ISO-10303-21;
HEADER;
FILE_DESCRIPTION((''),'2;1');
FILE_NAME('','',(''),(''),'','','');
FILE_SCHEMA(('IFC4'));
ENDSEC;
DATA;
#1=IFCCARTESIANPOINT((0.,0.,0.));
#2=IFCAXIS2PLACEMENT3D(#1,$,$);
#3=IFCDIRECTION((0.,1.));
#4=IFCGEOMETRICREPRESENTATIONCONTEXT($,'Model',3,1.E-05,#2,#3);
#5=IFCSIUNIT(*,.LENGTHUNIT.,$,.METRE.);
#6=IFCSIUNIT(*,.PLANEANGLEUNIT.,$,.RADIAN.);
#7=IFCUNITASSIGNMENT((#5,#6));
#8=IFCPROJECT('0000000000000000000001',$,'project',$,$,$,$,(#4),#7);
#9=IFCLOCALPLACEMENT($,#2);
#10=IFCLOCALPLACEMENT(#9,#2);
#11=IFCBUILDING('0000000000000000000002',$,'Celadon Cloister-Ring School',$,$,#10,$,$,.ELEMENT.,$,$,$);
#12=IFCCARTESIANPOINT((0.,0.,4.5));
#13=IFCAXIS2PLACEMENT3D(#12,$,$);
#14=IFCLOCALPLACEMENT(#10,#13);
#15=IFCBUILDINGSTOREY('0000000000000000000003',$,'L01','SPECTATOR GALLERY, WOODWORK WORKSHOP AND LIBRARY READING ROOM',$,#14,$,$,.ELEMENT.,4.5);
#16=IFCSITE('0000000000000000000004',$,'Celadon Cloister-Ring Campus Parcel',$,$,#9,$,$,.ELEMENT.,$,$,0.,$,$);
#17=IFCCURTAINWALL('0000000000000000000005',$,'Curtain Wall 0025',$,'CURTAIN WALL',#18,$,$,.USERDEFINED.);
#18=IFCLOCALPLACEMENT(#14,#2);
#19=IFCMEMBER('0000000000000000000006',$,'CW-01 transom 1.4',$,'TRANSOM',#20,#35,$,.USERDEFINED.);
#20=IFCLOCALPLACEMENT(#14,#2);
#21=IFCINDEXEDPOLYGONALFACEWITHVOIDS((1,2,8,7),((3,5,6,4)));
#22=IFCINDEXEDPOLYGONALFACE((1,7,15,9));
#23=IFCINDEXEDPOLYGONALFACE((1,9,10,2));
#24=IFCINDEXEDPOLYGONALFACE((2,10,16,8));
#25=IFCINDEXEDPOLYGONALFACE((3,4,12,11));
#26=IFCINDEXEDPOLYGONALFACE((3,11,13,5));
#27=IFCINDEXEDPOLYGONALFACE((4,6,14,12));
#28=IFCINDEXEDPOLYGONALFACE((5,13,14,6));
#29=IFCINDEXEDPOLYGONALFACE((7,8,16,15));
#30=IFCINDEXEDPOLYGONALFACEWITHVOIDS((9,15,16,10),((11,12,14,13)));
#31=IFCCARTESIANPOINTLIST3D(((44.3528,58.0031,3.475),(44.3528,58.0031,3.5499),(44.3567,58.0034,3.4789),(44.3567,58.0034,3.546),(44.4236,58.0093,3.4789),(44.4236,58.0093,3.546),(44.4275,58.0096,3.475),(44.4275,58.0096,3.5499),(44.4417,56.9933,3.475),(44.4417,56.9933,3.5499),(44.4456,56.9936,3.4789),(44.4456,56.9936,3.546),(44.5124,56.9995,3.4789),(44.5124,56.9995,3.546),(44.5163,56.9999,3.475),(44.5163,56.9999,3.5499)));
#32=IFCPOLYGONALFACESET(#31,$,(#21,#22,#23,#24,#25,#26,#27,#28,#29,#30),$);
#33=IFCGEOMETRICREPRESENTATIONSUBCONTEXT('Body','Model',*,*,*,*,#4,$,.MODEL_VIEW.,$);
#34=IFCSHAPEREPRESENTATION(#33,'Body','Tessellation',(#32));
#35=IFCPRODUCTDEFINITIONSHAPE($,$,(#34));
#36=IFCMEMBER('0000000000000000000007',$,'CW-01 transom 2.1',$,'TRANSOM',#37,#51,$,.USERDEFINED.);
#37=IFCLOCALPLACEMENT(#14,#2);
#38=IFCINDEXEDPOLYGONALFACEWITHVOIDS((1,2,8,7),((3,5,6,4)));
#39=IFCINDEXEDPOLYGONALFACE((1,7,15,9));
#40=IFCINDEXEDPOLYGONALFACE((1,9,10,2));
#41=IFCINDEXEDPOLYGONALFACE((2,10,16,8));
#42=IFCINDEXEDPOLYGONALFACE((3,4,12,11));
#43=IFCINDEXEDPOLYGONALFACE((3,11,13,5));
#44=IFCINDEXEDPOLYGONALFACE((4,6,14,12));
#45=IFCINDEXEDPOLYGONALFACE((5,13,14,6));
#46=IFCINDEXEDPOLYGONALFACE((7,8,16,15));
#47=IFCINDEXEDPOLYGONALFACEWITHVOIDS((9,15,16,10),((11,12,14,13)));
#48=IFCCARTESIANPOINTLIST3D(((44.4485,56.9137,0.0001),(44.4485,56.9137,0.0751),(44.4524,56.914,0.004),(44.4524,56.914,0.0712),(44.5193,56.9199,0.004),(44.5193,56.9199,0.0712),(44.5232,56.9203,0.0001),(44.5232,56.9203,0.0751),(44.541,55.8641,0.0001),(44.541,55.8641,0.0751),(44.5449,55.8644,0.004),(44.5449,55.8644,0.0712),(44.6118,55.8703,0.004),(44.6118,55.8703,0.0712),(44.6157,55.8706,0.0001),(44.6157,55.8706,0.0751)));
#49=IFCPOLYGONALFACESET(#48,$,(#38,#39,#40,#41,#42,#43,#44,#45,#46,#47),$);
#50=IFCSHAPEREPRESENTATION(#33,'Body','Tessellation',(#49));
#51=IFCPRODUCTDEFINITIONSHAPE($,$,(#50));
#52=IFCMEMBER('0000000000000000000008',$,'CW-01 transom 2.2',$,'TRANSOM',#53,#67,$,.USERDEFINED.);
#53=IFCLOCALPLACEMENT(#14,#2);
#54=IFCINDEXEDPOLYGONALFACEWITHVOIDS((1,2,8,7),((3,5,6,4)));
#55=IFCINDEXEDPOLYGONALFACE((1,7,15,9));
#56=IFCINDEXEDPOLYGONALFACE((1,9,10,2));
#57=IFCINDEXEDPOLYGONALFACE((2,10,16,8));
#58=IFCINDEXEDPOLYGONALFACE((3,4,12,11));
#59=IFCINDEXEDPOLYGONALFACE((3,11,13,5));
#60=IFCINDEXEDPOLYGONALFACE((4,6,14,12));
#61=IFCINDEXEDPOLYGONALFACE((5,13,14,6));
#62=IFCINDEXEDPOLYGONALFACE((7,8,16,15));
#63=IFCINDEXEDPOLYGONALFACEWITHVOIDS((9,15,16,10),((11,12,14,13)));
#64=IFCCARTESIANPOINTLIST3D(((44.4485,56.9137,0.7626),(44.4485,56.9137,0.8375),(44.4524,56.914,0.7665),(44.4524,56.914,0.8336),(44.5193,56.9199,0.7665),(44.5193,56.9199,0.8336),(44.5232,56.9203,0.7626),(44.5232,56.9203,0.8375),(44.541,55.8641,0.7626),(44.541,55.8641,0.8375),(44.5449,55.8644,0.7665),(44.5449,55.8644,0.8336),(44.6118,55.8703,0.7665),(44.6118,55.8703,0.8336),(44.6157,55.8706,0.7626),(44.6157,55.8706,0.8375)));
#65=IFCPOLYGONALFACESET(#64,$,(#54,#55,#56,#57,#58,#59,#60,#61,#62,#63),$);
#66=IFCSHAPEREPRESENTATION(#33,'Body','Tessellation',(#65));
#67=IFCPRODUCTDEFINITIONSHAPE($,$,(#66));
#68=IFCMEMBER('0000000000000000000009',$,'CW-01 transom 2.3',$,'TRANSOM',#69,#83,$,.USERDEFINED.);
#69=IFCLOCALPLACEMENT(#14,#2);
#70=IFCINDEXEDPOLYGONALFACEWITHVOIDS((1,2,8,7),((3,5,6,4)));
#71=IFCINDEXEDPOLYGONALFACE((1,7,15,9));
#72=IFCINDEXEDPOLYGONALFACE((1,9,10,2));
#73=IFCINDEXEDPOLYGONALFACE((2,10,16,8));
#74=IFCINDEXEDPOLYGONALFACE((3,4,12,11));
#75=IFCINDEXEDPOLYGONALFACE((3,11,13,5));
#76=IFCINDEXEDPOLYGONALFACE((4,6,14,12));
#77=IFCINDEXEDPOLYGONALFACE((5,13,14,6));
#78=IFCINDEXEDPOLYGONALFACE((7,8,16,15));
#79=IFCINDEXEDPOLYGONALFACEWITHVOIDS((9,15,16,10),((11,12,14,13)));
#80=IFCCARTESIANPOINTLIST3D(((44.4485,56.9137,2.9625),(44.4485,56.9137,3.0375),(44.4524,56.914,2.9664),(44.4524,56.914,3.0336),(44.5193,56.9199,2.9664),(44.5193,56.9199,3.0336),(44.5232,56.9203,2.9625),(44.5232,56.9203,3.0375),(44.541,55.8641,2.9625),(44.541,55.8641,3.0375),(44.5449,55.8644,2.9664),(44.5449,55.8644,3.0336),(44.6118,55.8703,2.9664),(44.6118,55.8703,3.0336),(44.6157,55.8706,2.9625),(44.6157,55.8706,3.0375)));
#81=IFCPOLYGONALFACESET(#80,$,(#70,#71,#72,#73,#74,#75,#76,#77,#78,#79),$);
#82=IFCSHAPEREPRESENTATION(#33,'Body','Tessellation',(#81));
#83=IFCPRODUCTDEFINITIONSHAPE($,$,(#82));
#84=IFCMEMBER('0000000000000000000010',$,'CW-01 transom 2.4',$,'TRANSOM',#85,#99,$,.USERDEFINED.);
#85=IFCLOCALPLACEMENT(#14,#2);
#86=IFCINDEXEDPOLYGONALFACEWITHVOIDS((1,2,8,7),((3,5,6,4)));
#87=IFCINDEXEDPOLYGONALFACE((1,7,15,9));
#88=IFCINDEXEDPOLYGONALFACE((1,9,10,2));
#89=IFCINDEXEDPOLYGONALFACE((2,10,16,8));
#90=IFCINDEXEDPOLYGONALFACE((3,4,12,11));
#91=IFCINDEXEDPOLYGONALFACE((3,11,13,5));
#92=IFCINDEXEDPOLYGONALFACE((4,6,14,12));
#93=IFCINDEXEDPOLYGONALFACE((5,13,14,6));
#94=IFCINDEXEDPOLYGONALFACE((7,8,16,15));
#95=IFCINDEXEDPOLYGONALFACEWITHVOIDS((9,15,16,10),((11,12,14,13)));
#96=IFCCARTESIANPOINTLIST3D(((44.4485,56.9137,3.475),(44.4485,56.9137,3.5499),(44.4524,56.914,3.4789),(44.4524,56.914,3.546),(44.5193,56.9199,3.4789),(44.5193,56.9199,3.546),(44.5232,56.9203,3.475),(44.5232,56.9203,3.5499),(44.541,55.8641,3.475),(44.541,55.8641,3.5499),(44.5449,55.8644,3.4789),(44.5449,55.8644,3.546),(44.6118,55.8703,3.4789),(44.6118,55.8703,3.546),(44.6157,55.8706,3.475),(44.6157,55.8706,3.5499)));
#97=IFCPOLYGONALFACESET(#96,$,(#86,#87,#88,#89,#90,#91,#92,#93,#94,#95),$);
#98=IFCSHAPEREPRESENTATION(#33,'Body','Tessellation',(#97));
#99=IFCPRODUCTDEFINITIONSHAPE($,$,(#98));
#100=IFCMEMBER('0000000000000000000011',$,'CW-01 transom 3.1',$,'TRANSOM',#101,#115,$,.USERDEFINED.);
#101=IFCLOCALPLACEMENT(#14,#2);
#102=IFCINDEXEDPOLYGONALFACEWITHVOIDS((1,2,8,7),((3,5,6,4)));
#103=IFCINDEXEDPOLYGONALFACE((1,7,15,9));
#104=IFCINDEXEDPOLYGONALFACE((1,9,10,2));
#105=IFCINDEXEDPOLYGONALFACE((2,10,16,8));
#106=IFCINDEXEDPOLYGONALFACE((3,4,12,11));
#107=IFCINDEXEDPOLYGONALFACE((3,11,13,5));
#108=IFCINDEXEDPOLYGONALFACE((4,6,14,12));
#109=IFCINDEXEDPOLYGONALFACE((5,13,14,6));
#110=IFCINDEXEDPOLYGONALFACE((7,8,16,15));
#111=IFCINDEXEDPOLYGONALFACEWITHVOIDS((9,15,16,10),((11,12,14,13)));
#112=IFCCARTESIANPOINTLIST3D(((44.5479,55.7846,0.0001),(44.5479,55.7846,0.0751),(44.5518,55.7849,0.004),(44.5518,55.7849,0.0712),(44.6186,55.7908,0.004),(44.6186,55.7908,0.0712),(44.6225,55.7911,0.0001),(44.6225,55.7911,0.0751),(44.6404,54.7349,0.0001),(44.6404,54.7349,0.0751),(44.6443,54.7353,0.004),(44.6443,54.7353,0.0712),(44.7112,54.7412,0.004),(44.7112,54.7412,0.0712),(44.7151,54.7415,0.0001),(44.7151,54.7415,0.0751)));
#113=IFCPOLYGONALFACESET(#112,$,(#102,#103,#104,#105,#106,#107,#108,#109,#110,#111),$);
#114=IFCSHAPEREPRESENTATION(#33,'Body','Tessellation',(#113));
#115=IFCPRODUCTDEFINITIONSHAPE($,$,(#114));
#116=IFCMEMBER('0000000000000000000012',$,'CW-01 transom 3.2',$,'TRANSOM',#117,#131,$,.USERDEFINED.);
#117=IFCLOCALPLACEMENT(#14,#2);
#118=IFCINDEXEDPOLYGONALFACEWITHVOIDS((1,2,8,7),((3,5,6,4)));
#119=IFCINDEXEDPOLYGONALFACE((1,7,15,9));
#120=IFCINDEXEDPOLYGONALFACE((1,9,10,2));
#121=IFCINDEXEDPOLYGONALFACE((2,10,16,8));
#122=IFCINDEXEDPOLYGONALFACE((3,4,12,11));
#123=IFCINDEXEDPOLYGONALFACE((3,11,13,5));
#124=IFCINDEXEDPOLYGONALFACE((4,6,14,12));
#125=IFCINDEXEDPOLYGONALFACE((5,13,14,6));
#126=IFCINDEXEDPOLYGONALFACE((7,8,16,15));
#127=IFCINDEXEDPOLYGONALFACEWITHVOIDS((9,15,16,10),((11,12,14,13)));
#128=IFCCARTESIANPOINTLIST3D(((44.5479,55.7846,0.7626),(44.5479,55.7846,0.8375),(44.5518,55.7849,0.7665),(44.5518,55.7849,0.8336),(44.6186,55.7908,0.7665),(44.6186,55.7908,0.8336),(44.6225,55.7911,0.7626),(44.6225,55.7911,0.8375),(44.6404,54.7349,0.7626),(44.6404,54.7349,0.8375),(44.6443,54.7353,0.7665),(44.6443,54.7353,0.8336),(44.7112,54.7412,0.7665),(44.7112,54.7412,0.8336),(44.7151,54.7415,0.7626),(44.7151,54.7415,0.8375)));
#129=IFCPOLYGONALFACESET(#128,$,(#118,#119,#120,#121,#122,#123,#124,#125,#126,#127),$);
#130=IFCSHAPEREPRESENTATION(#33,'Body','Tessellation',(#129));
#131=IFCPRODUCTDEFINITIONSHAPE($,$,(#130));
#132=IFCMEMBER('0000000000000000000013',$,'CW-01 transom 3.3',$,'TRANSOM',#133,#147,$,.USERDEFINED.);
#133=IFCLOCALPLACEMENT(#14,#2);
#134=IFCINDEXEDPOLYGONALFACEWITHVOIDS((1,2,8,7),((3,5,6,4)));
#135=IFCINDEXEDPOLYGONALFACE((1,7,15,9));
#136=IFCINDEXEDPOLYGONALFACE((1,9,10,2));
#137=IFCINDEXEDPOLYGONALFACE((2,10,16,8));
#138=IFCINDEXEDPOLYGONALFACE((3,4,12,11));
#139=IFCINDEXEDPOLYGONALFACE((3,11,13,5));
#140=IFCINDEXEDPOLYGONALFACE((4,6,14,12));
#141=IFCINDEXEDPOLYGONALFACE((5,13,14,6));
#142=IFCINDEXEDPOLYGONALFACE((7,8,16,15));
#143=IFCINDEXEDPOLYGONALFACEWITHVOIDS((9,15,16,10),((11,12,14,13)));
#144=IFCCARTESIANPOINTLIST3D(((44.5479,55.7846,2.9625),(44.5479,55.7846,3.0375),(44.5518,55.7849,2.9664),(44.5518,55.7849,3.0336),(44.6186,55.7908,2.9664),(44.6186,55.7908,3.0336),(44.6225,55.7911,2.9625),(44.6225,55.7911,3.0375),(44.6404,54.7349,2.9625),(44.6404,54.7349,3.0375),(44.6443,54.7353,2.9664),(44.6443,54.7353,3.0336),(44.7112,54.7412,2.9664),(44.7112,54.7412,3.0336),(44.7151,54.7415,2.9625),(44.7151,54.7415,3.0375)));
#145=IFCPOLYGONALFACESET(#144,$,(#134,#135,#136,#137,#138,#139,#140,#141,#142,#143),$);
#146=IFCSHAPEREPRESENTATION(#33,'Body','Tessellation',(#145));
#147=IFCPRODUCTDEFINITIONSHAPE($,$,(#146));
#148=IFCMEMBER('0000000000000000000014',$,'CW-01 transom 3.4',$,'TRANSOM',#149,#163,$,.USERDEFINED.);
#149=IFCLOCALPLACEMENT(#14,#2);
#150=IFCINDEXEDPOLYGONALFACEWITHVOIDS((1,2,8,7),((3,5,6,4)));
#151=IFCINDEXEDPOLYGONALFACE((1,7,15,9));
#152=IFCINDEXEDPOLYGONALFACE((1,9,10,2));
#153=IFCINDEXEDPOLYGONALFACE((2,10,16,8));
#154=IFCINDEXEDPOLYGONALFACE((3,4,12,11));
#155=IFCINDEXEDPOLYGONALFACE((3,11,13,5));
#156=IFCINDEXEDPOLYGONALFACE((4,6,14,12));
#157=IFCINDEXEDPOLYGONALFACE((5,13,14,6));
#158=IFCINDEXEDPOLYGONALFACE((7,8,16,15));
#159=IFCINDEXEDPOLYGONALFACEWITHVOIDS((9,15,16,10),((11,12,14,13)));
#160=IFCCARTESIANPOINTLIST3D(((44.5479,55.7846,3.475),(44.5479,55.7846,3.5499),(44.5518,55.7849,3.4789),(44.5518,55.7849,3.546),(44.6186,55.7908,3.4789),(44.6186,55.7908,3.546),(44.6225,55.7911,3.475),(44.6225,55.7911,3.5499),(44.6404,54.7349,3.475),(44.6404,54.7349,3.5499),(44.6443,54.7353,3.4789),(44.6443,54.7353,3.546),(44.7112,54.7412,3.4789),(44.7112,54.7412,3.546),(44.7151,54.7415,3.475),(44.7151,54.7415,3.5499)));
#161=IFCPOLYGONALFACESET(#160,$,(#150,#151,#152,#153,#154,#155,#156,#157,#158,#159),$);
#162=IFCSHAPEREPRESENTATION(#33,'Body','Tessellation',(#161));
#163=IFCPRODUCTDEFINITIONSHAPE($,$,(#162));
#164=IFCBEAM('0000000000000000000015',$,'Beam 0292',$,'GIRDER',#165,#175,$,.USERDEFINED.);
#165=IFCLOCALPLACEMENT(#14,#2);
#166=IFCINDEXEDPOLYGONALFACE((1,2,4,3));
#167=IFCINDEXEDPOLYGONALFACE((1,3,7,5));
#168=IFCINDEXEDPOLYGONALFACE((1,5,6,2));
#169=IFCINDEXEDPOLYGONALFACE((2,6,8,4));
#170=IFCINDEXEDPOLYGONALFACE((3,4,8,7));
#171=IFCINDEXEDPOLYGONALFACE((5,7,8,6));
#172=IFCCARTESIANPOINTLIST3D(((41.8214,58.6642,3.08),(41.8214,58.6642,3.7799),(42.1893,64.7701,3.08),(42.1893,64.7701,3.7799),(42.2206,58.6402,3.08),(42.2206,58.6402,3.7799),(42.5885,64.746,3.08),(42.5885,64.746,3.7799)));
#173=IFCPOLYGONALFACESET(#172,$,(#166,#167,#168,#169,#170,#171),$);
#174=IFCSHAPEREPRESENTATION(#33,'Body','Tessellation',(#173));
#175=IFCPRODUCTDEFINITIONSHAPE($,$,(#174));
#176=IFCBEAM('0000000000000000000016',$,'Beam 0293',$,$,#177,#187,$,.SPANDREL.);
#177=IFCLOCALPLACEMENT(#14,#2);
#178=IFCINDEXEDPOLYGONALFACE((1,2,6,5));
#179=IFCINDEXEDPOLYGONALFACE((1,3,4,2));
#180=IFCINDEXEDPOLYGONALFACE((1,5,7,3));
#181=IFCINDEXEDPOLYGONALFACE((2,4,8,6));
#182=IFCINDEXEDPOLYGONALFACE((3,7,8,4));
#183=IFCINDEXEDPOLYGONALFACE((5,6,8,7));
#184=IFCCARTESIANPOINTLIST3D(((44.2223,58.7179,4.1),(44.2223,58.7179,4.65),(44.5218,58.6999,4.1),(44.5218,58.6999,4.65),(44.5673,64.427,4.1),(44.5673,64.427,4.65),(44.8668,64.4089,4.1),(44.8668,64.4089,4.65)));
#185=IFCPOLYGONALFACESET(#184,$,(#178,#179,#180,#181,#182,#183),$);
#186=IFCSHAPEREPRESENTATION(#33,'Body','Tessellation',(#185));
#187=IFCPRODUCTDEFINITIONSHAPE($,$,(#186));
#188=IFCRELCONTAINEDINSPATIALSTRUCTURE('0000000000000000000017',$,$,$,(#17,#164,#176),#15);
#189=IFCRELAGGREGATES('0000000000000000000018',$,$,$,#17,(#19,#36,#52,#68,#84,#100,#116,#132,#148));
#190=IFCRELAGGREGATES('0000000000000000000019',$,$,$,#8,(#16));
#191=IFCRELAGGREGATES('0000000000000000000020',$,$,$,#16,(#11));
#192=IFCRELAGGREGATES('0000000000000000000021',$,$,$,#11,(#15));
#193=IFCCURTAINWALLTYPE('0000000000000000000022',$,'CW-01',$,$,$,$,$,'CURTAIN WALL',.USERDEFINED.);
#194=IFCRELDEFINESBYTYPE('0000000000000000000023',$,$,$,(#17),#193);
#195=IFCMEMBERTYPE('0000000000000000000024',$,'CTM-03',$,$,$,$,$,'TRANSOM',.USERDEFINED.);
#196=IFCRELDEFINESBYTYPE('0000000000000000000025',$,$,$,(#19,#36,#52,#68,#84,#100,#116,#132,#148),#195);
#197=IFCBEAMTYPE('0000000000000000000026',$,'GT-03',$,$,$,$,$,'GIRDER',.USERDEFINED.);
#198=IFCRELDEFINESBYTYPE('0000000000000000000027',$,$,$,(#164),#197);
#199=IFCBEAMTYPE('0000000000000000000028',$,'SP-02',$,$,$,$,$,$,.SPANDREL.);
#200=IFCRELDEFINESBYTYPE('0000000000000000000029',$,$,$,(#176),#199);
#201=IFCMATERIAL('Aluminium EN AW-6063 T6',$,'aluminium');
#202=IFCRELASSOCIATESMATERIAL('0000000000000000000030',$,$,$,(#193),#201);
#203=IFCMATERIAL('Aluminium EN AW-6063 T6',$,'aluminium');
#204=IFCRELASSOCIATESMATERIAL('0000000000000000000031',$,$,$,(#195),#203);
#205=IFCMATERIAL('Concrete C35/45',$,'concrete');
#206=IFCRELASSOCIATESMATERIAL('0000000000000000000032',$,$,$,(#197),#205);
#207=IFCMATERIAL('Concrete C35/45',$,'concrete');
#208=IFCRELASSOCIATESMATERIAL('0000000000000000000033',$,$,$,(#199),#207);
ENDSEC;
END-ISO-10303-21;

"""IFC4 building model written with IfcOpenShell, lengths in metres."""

from ifc_helpers import new_model, si_unit, direction, frame, origin, origin_2d, place, context, subcontext, project, spatial, rectangle, hollow_rectangle, extrude, material, material_profile, profile_set, type_object, element, aggregate, save


model = new_model("IFC4")

# Units and contexts
model_context = context("Model", 3, precision=1e-05, world=origin(), true_north=direction((0.0, 1.0)))
body_context = subcontext(model_context, "Body", "Model", "MODEL_VIEW")
ifc_project = project(units=[si_unit("LENGTHUNIT", "METRE"), si_unit("PLANEANGLEUNIT", "RADIAN")], contexts=[model_context])

# Site, building, storey
site_placement = place(None, origin())
site = spatial("IfcSite", under=ifc_project, at=site_placement, Name="Celadon Cloister-Ring Campus Parcel", CompositionType="ELEMENT", RefElevation=0.0)
building_placement = place(site_placement, origin())
building = spatial("IfcBuilding", under=site, at=building_placement, Name="Celadon Cloister-Ring School", CompositionType="ELEMENT")
storey_placement = place(building_placement, frame((0.0, 0.0, 4.5)))
storey = spatial("IfcBuildingStorey", under=building, at=storey_placement, Name="L01", Description="SPECTATOR GALLERY, WOODWORK WORKSHOP AND LIBRARY READING ROOM", CompositionType="ELEMENT", Elevation=4.5)

# Curtain wall, members
ifc_material_1 = material(Name="Aluminium EN AW-6063 T6", Category="aluminium")
curtain_wall_type = type_object("IfcCurtainWallType", Name="CW-01", ElementType="CURTAIN WALL", PredefinedType="USERDEFINED", material=ifc_material_1)
curtain_wall_placement = place(storey_placement, origin())
curtain_wall = element("IfcCurtainWall", 1, at=curtain_wall_placement, inside=storey, type_object=curtain_wall_type, Name="Curtain Wall 0025", ObjectType="CURTAIN WALL", PredefinedType="USERDEFINED")
ifc_material_2 = material(Name="Aluminium EN AW-6063 T6", Category="aluminium")
ifc_material_profile_1 = material_profile(ifc_material_2, hollow_rectangle(XDim=0.075, YDim=0.075, WallThickness=0.0039, at=origin_2d()), Name="RHS75X75X4")
ifc_profile_set_1 = profile_set([ifc_material_profile_1], Name="Aluminium EN AW-6063 T6")
member_type_1 = type_object("IfcMemberType", Name="CTM-03", ElementType="TRANSOM", PredefinedType="USERDEFINED", material=ifc_profile_set_1)
member_1_placement = place(storey_placement, frame((44.3901, 58.0063, 3.5125), z_axis=(0.087669, -0.99615, 0.0), x_axis=(0.99615, 0.087669, 0.0)))
member_1 = element("IfcMember", 2, at=member_1_placement, type_object=member_type_1, Name="CW-01 transom 1.4", ObjectType="TRANSOM", PredefinedType="USERDEFINED", context=body_context, shape_type="SweptSolid", body=[
    extrude(hollow_rectangle(XDim=0.075, YDim=0.075, WallThickness=0.0039, at=origin_2d()), origin(), (0.0, 0.0, 1.0), 1.0137),
])
member_2_placement = place(storey_placement, frame((44.4858, 56.917, 0.0376), z_axis=(0.087819, -0.996136, 0.0), x_axis=(0.996136, 0.087819, 0.0)))
member_2 = element("IfcMember", 3, at=member_2_placement, type_object=member_type_1, Name="CW-01 transom 2.1", ObjectType="TRANSOM", PredefinedType="USERDEFINED", context=body_context, shape_type="SweptSolid", body=[
    extrude(hollow_rectangle(XDim=0.075, YDim=0.075, WallThickness=0.0039, at=origin_2d()), origin(), (0.0, 0.0, 1.0), 1.0537),
])
member_3_placement = place(storey_placement, frame((44.4858, 56.917, 0.8), z_axis=(0.087819, -0.996136, 0.0), x_axis=(0.996136, 0.087819, 0.0)))
member_3 = element("IfcMember", 4, at=member_3_placement, type_object=member_type_1, Name="CW-01 transom 2.2", ObjectType="TRANSOM", PredefinedType="USERDEFINED", context=body_context, shape_type="SweptSolid", body=[
    extrude(hollow_rectangle(XDim=0.075, YDim=0.075, WallThickness=0.0039, at=origin_2d()), origin(), (0.0, 0.0, 1.0), 1.0537),
])
member_4_placement = place(storey_placement, frame((44.4858, 56.917, 3.0), z_axis=(0.087819, -0.996136, 0.0), x_axis=(0.996136, 0.087819, 0.0)))
member_4 = element("IfcMember", 5, at=member_4_placement, type_object=member_type_1, Name="CW-01 transom 2.3", ObjectType="TRANSOM", PredefinedType="USERDEFINED", context=body_context, shape_type="SweptSolid", body=[
    extrude(hollow_rectangle(XDim=0.075, YDim=0.075, WallThickness=0.0039, at=origin_2d()), origin(), (0.0, 0.0, 1.0), 1.0537),
])
member_5_placement = place(storey_placement, frame((44.4858, 56.917, 3.5125), z_axis=(0.087819, -0.996136, 0.0), x_axis=(0.996136, 0.087819, 0.0)))
member_5 = element("IfcMember", 6, at=member_5_placement, type_object=member_type_1, Name="CW-01 transom 2.4", ObjectType="TRANSOM", PredefinedType="USERDEFINED", context=body_context, shape_type="SweptSolid", body=[
    extrude(hollow_rectangle(XDim=0.075, YDim=0.075, WallThickness=0.0039, at=origin_2d()), origin(), (0.0, 0.0, 1.0), 1.0537),
])
member_6_placement = place(storey_placement, frame((44.5852, 55.7878, 0.0376), z_axis=(0.087819, -0.996136, 0.0), x_axis=(0.996136, 0.087819, 0.0)))
member_6 = element("IfcMember", 7, at=member_6_placement, type_object=member_type_1, Name="CW-01 transom 3.1", ObjectType="TRANSOM", PredefinedType="USERDEFINED", context=body_context, shape_type="SweptSolid", body=[
    extrude(hollow_rectangle(XDim=0.075, YDim=0.075, WallThickness=0.0039, at=origin_2d()), origin(), (0.0, 0.0, 1.0), 1.0537),
])
member_7_placement = place(storey_placement, frame((44.5852, 55.7878, 0.8), z_axis=(0.087819, -0.996136, 0.0), x_axis=(0.996136, 0.087819, 0.0)))
member_7 = element("IfcMember", 8, at=member_7_placement, type_object=member_type_1, Name="CW-01 transom 3.2", ObjectType="TRANSOM", PredefinedType="USERDEFINED", context=body_context, shape_type="SweptSolid", body=[
    extrude(hollow_rectangle(XDim=0.075, YDim=0.075, WallThickness=0.0039, at=origin_2d()), origin(), (0.0, 0.0, 1.0), 1.0537),
])
member_8_placement = place(storey_placement, frame((44.5852, 55.7878, 3.0), z_axis=(0.087819, -0.996136, 0.0), x_axis=(0.996136, 0.087819, 0.0)))
member_8 = element("IfcMember", 9, at=member_8_placement, type_object=member_type_1, Name="CW-01 transom 3.3", ObjectType="TRANSOM", PredefinedType="USERDEFINED", context=body_context, shape_type="SweptSolid", body=[
    extrude(hollow_rectangle(XDim=0.075, YDim=0.075, WallThickness=0.0039, at=origin_2d()), origin(), (0.0, 0.0, 1.0), 1.0537),
])
member_9_placement = place(storey_placement, frame((44.5852, 55.7878, 3.5125), z_axis=(0.087819, -0.996136, 0.0), x_axis=(0.996136, 0.087819, 0.0)))
member_9 = element("IfcMember", 10, at=member_9_placement, type_object=member_type_1, Name="CW-01 transom 3.4", ObjectType="TRANSOM", PredefinedType="USERDEFINED", context=body_context, shape_type="SweptSolid", body=[
    extrude(hollow_rectangle(XDim=0.075, YDim=0.075, WallThickness=0.0039, at=origin_2d()), origin(), (0.0, 0.0, 1.0), 1.0537),
])

# Beams
ifc_material_3 = material(Name="Concrete C35/45", Category="concrete")
ifc_material_profile_2 = material_profile(ifc_material_3, rectangle(XDim=0.3999, YDim=0.7, at=origin_2d()), Name="RC400X700")
ifc_profile_set_2 = profile_set([ifc_material_profile_2], Name="Concrete C35/45")
beam_type_1 = type_object("IfcBeamType", Name="GT-03", ElementType="GIRDER", PredefinedType="USERDEFINED", material=ifc_profile_set_2)
beam_1_placement = place(storey_placement, frame((42.3889, 64.7581, 3.4299), z_axis=(-0.060147, -0.99819, 0.0), x_axis=(0.99819, -0.060147, 0.0)))
element("IfcBeam", 11, at=beam_1_placement, inside=storey, type_object=beam_type_1, Name="Beam 0292", ObjectType="GIRDER", PredefinedType="USERDEFINED", context=body_context, shape_type="SweptSolid", body=[
    extrude(rectangle(XDim=0.3999, YDim=0.7, at=origin_2d()), origin(), (0.0, 0.0, 1.0), 6.1169),
])
ifc_material_4 = material(Name="Concrete C35/45", Category="concrete")
ifc_material_profile_3 = material_profile(ifc_material_4, rectangle(XDim=0.3, YDim=0.55, at=origin_2d()), Name="RC300X550")
ifc_profile_set_3 = profile_set([ifc_material_profile_3], Name="Concrete C35/45")
beam_type_2 = type_object("IfcBeamType", Name="SP-02", PredefinedType="SPANDREL", material=ifc_profile_set_3)
beam_2_placement = place(storey_placement, frame((44.717, 64.418, 4.375), z_axis=(-0.060316, -0.998179, 0.0), x_axis=(0.998179, -0.060316, 0.0)))
element("IfcBeam", 12, at=beam_2_placement, inside=storey, type_object=beam_type_2, Name="Beam 0293", PredefinedType="SPANDREL", context=body_context, shape_type="SweptSolid", body=[
    extrude(rectangle(XDim=0.3, YDim=0.55, at=origin_2d()), origin(), (0.0, 0.0, 1.0), 5.7195),
])

aggregate(curtain_wall, [member_1, member_2, member_3, member_4, member_5, member_6, member_7, member_8, member_9])

save(model, "model.ifc")
